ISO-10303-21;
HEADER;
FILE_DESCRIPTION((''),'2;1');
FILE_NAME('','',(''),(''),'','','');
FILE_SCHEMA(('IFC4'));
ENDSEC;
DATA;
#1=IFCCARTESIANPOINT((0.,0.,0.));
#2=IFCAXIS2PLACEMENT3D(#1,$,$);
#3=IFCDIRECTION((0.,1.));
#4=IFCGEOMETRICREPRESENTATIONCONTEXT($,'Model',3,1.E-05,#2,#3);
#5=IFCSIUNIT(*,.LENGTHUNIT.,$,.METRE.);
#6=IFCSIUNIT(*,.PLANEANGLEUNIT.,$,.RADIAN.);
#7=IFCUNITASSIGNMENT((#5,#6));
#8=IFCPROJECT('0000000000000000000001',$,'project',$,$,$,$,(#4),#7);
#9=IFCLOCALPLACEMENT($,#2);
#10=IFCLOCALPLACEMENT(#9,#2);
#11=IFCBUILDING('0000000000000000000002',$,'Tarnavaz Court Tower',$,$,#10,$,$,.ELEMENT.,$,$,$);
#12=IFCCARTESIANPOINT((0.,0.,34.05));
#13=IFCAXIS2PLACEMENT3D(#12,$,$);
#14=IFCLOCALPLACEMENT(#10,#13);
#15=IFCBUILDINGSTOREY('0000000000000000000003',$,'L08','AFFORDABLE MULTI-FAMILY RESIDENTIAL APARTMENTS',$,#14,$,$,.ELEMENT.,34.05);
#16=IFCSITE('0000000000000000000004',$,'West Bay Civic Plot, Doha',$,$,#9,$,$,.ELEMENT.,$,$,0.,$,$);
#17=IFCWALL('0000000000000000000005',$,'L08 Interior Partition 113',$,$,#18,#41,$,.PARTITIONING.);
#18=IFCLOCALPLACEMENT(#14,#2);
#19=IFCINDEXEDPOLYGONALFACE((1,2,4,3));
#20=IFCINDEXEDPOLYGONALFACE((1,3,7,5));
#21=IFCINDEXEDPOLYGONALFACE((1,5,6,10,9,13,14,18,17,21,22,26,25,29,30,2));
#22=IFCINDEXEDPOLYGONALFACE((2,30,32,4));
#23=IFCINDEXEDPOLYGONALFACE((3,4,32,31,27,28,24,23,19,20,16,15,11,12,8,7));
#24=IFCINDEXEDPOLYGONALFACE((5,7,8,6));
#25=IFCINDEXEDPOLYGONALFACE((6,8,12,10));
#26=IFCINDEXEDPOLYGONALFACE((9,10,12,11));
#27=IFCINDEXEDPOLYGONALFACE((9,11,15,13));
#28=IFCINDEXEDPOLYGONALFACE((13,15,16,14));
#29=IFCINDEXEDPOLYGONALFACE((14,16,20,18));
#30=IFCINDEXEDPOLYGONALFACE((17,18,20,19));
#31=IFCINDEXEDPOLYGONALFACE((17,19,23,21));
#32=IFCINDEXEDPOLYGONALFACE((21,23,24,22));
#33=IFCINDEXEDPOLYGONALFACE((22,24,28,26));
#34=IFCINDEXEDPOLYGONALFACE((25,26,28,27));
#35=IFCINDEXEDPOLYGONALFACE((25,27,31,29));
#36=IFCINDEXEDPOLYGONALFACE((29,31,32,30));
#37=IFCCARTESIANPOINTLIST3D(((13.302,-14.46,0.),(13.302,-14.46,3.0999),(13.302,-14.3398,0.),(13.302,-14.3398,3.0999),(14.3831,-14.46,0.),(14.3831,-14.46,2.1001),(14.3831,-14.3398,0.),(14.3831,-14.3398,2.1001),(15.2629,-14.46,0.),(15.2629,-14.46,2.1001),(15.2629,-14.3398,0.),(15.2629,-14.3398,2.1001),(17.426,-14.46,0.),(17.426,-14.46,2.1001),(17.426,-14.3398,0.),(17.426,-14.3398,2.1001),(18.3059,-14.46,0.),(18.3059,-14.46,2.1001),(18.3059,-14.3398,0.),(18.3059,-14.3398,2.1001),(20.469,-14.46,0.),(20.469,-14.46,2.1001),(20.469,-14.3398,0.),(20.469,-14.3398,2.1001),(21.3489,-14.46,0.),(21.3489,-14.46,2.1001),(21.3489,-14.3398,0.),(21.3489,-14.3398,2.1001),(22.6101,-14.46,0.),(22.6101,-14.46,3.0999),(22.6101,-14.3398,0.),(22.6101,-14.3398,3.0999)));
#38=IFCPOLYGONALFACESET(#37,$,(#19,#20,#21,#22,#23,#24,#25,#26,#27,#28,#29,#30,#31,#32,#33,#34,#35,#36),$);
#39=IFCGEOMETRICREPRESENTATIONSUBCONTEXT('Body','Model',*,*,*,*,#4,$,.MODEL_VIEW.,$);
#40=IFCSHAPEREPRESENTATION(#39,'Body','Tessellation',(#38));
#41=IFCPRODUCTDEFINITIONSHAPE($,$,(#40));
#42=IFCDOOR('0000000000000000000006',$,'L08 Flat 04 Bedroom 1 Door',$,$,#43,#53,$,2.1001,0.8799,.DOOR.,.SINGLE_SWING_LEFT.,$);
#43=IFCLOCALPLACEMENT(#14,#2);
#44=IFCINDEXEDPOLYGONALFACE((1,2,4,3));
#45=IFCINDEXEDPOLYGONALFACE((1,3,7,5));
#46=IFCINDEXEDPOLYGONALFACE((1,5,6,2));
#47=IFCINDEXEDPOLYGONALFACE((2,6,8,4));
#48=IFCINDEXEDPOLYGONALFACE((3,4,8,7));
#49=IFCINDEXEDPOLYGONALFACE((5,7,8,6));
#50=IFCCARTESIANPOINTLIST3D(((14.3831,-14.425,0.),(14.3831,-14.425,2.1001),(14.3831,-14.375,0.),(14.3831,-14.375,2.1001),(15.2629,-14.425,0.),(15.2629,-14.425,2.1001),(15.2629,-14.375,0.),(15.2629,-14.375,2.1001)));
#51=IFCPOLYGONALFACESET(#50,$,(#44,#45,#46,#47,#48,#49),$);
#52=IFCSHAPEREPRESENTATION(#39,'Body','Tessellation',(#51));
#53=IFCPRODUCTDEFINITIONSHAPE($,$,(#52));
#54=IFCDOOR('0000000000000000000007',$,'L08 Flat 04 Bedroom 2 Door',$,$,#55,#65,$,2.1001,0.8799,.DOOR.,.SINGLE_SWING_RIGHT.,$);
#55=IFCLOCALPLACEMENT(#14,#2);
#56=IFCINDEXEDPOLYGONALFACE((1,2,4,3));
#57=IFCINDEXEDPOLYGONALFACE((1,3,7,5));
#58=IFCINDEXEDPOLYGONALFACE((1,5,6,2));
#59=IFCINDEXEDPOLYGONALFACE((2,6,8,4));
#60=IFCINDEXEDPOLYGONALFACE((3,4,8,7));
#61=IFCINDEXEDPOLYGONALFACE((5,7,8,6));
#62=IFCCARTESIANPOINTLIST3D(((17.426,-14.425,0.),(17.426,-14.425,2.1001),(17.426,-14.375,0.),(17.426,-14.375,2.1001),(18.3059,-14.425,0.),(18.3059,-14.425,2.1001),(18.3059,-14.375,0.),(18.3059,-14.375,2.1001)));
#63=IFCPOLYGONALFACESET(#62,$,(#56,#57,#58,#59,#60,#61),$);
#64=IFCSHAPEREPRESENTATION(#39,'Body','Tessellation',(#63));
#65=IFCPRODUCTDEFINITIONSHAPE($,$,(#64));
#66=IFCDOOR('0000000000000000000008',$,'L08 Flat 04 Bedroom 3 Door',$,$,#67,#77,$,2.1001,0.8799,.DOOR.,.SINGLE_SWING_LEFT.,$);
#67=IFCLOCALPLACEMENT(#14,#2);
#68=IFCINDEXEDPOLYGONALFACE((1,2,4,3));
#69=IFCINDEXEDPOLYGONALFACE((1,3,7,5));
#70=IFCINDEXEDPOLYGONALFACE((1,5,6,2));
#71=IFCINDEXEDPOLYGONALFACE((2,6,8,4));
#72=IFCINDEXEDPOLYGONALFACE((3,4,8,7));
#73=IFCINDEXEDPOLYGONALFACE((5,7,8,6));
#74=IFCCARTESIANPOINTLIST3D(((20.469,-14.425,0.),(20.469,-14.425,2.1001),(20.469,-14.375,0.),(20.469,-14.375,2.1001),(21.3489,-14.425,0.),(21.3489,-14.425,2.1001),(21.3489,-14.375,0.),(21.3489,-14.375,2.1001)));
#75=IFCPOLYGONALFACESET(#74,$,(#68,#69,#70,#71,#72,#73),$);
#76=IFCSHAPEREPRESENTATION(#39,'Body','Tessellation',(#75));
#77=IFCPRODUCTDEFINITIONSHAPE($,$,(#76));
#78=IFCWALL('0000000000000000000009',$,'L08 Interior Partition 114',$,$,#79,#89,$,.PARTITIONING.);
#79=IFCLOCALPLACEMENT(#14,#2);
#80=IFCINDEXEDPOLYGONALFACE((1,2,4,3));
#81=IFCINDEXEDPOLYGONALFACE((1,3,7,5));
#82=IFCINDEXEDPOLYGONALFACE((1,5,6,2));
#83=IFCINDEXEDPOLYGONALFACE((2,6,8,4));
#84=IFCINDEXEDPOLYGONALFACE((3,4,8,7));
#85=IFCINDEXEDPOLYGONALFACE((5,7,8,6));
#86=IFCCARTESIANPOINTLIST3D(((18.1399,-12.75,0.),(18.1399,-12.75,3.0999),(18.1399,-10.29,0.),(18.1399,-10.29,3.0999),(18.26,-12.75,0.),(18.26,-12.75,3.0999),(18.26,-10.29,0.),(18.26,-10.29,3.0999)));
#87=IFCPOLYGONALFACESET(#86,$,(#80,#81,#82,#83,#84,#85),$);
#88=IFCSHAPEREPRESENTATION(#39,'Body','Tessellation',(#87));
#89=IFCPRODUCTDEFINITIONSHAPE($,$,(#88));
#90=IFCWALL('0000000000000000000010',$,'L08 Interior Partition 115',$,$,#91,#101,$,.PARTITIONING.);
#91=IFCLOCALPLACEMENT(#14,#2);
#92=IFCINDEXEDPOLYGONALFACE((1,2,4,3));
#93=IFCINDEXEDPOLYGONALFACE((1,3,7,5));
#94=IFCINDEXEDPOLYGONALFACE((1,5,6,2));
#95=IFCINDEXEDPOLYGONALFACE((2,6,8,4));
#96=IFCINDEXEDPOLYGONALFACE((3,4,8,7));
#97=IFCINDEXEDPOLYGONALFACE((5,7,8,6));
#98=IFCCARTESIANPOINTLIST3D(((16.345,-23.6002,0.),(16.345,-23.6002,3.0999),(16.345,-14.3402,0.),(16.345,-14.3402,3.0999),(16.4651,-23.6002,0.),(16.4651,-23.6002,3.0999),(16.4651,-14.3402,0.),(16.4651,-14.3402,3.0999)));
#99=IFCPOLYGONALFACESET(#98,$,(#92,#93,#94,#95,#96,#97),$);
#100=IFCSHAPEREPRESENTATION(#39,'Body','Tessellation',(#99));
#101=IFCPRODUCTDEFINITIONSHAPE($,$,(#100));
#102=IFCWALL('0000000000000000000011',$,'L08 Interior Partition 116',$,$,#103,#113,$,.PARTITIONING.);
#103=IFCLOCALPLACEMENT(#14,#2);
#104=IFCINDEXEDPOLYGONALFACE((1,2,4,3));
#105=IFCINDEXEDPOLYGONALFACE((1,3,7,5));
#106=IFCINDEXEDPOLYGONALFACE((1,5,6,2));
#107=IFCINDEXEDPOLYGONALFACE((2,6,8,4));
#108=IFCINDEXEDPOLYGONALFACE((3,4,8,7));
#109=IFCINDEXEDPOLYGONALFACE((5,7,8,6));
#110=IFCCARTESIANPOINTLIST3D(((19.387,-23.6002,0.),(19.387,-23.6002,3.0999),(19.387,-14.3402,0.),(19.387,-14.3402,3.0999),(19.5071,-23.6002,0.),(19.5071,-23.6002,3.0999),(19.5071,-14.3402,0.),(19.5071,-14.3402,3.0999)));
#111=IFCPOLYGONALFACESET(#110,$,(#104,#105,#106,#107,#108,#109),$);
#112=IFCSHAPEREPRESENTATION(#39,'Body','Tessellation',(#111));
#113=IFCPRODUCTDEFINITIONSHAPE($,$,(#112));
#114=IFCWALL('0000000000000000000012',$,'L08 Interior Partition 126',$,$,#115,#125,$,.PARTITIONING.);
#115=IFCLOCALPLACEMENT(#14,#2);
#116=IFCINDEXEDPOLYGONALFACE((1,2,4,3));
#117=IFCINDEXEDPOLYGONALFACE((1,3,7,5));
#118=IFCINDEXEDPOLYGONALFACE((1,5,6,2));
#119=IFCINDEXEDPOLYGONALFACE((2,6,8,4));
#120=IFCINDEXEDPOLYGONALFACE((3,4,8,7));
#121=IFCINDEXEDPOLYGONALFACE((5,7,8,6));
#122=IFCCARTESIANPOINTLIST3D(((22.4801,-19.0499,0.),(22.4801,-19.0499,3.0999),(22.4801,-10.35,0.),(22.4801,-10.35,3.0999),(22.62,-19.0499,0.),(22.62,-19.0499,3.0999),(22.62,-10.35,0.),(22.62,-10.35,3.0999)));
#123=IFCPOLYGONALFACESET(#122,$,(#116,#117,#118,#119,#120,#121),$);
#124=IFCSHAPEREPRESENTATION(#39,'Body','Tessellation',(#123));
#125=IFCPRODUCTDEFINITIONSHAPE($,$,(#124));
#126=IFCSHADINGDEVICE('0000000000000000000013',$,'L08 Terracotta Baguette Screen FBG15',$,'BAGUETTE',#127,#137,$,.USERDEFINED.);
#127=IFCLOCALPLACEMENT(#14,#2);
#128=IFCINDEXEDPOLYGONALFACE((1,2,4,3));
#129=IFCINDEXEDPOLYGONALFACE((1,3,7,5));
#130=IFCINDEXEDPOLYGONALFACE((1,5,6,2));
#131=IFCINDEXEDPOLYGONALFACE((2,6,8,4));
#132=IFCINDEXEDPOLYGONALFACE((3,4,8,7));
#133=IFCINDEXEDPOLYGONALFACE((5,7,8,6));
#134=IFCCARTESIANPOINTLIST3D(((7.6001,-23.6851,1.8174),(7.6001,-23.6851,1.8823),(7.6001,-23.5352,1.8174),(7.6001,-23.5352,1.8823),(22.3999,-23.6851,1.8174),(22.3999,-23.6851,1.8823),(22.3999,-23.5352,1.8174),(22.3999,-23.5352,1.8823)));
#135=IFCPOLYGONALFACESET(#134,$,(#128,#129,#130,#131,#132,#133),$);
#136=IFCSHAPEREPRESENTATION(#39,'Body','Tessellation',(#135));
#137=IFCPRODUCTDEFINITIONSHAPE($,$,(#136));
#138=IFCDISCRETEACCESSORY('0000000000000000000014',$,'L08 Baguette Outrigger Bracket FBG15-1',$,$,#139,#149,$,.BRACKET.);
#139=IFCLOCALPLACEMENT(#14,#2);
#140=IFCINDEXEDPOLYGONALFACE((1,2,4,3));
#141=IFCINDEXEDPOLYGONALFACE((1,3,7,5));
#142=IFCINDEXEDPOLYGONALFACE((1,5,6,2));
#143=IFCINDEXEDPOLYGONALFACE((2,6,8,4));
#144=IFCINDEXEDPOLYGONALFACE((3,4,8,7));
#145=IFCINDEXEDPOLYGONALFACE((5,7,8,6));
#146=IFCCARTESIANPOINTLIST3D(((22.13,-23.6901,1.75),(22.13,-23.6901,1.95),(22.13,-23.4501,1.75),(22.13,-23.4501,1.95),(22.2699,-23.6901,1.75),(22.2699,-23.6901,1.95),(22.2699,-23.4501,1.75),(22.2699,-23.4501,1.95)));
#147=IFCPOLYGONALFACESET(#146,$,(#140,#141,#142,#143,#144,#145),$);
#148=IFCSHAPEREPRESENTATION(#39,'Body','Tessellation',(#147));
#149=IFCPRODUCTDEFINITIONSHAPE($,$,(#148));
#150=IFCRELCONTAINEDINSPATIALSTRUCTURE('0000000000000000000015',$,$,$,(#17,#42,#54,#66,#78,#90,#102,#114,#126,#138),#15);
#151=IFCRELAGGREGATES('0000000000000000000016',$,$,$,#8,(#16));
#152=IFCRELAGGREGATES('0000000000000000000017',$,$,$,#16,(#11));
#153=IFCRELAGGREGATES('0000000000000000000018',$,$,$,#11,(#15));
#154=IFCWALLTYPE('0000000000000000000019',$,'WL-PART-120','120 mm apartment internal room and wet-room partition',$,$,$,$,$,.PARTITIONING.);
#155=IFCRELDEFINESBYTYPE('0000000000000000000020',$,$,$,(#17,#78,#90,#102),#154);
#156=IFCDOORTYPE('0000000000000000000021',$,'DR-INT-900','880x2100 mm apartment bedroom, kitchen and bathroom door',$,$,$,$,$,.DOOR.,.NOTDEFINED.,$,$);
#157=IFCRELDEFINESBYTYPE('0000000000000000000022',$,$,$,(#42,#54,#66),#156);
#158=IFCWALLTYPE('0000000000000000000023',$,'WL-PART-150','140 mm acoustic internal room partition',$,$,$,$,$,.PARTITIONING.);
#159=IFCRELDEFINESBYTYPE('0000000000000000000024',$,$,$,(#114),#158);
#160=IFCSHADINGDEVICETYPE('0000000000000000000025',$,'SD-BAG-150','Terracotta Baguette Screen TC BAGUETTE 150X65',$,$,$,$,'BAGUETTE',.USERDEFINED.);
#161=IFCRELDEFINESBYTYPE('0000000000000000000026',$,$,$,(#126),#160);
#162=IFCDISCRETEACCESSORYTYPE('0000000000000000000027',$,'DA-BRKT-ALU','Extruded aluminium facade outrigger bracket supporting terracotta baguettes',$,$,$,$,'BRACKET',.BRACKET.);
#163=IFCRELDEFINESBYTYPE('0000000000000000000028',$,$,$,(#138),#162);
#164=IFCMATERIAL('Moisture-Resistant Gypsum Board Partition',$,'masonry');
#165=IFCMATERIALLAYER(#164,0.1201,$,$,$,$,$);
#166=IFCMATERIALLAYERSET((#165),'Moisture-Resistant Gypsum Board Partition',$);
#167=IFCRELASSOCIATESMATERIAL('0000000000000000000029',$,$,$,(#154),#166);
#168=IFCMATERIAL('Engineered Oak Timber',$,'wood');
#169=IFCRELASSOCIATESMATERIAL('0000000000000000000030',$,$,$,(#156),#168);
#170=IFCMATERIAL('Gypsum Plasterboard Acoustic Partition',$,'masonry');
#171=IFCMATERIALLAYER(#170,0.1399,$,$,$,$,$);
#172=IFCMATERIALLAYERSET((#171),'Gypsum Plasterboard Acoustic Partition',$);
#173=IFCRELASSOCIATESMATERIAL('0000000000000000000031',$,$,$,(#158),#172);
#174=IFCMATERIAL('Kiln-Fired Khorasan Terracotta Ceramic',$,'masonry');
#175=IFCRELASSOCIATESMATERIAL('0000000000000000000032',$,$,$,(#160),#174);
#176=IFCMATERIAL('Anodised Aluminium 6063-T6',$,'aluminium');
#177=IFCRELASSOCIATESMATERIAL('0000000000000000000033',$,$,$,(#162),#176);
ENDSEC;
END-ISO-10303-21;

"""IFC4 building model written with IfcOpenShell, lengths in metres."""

from ifc_helpers import new_model, si_unit, direction, frame, frame_2d, origin, origin_2d, place, context, subcontext, project, spatial, rectangle, extrude, material, layer, layer_set, material_profile, profile_set, type_object, element, fill, save


model = new_model("IFC4")

# Units and contexts
model_context = context("Model", 3, precision=1e-05, world=origin(), true_north=direction((0.0, 1.0)))
body_context = subcontext(model_context, "Body", "Model", "MODEL_VIEW")
ifc_project = project(units=[si_unit("LENGTHUNIT", "METRE"), si_unit("PLANEANGLEUNIT", "RADIAN")], contexts=[model_context])

# Site, building, storey
site_placement = place(None, origin())
site = spatial("IfcSite", under=ifc_project, at=site_placement, Name="West Bay Civic Plot, Doha", CompositionType="ELEMENT", RefElevation=0.0)
building_placement = place(site_placement, origin())
building = spatial("IfcBuilding", under=site, at=building_placement, Name="Tarnavaz Court Tower", CompositionType="ELEMENT")
storey_placement = place(building_placement, frame((0.0, 0.0, 34.05)))
storey = spatial("IfcBuildingStorey", under=building, at=storey_placement, Name="L08", Description="AFFORDABLE MULTI-FAMILY RESIDENTIAL APARTMENTS", CompositionType="ELEMENT", Elevation=34.05)

# Shared definitions
ifc_material_1 = material(Name="Moisture-Resistant Gypsum Board Partition", Category="masonry")
ifc_layer_1 = layer(ifc_material_1, 0.1201)
ifc_layer_set_1 = layer_set([ifc_layer_1], Name="Moisture-Resistant Gypsum Board Partition")
wall_type_1 = type_object("IfcWallType", Name="WL-PART-120", Description="120 mm apartment internal room and wet-room partition", PredefinedType="PARTITIONING", material=ifc_layer_set_1)
ifc_material_2 = material(Name="Engineered Oak Timber", Category="wood")
door_type_1 = type_object("IfcDoorType", Name="DR-INT-900", Description="880x2100 mm apartment bedroom, kitchen and bathroom door", OperationType="NOTDEFINED", PredefinedType="DOOR", material=ifc_material_2)

# Wall, openings, doors
wall_1_placement = place(storey_placement, frame((13.302, -14.3999, 0.0), z_axis=(0.0, 0.0, 1.0), x_axis=(1.0, 0.0, 0.0)))
wall_1 = element("IfcWall", 1, at=wall_1_placement, inside=storey, type_object=wall_type_1, Name="L08 Interior Partition 113", PredefinedType="PARTITIONING", context=body_context, shape_type="SweptSolid", body=[
    extrude(rectangle(XDim=9.3081, YDim=0.1201, at=frame_2d((4.6541, 0.0))), origin(), (0.0, 0.0, 1.0), 3.0999),
])
opening_1_placement = place(wall_1_placement, frame((1.0811, 0.0, 0.0)))
opening_1 = element("IfcOpeningElement", 2, at=opening_1_placement, cuts=wall_1, PredefinedType="OPENING", context=body_context, shape_type="SweptSolid", body=[
    extrude(rectangle(XDim=0.8799, YDim=2.1001, at=frame_2d((0.4399, 1.05))), frame((0.0, 0.0701, 0.0), z_axis=(0.0, -1.0, 0.0), x_axis=(1.0, 0.0, 0.0)), (0.0, 0.0, 1.0), 0.1401),
])
opening_2_placement = place(wall_1_placement, frame((4.124, 0.0, 0.0)))
opening_2 = element("IfcOpeningElement", 3, at=opening_2_placement, cuts=wall_1, PredefinedType="OPENING", context=body_context, shape_type="SweptSolid", body=[
    extrude(rectangle(XDim=0.8799, YDim=2.1001, at=frame_2d((0.4399, 1.05))), frame((0.0, 0.0701, 0.0), z_axis=(0.0, -1.0, 0.0), x_axis=(1.0, 0.0, 0.0)), (0.0, 0.0, 1.0), 0.1401),
])
opening_3_placement = place(wall_1_placement, frame((7.167, 0.0, 0.0)))
opening_3 = element("IfcOpeningElement", 4, at=opening_3_placement, cuts=wall_1, PredefinedType="OPENING", context=body_context, shape_type="SweptSolid", body=[
    extrude(rectangle(XDim=0.8799, YDim=2.1001, at=frame_2d((0.4399, 1.05))), frame((0.0, 0.0701, 0.0), z_axis=(0.0, -1.0, 0.0), x_axis=(1.0, 0.0, 0.0)), (0.0, 0.0, 1.0), 0.1401),
])
door_1_placement = place(opening_1_placement, origin())
door_1 = element("IfcDoor", 5, at=door_1_placement, inside=storey, type_object=door_type_1, Name="L08 Flat 04 Bedroom 1 Door", OperationType="SINGLE_SWING_LEFT", OverallHeight=2.1001, OverallWidth=0.8799, PredefinedType="DOOR", context=body_context, shape_type="SweptSolid", body=[
    extrude(rectangle(XDim=0.8799, YDim=2.1001, at=frame_2d((0.4399, 1.05))), frame((0.0, 0.0249, 0.0), z_axis=(0.0, -1.0, 0.0), x_axis=(1.0, 0.0, 0.0)), (0.0, 0.0, 1.0), 0.05),
])
fill(opening_1, door_1)
door_2_placement = place(opening_2_placement, origin())
door_2 = element("IfcDoor", 6, at=door_2_placement, inside=storey, type_object=door_type_1, Name="L08 Flat 04 Bedroom 2 Door", OperationType="SINGLE_SWING_RIGHT", OverallHeight=2.1001, OverallWidth=0.8799, PredefinedType="DOOR", context=body_context, shape_type="SweptSolid", body=[
    extrude(rectangle(XDim=0.8799, YDim=2.1001, at=frame_2d((0.4399, 1.05))), frame((0.0, 0.0249, 0.0), z_axis=(0.0, -1.0, 0.0), x_axis=(1.0, 0.0, 0.0)), (0.0, 0.0, 1.0), 0.05),
])
fill(opening_2, door_2)
door_3_placement = place(opening_3_placement, origin())
door_3 = element("IfcDoor", 7, at=door_3_placement, inside=storey, type_object=door_type_1, Name="L08 Flat 04 Bedroom 3 Door", OperationType="SINGLE_SWING_LEFT", OverallHeight=2.1001, OverallWidth=0.8799, PredefinedType="DOOR", context=body_context, shape_type="SweptSolid", body=[
    extrude(rectangle(XDim=0.8799, YDim=2.1001, at=frame_2d((0.4399, 1.05))), frame((0.0, 0.0249, 0.0), z_axis=(0.0, -1.0, 0.0), x_axis=(1.0, 0.0, 0.0)), (0.0, 0.0, 1.0), 0.05),
])
fill(opening_3, door_3)

# Walls
wall_2_placement = place(storey_placement, frame((18.2, -12.75, 0.0), z_axis=(0.0, 0.0, 1.0), x_axis=(0.0, 1.0, 0.0)))
element("IfcWall", 8, at=wall_2_placement, inside=storey, type_object=wall_type_1, Name="L08 Interior Partition 114", PredefinedType="PARTITIONING", context=body_context, shape_type="SweptSolid", body=[
    extrude(rectangle(XDim=2.46, YDim=0.1201, at=frame_2d((1.23, 0.0))), origin(), (0.0, 0.0, 1.0), 3.0999),
])
for number, where, z_axis, x_axis, name in (
    (9, (16.405, -23.6001, 0.0), (0.0, 0.0, 1.0), (0.0, 1.0, 0.0), "L08 Interior Partition 115"),
    (10, (19.447, -23.6001, 0.0), (0.0, 0.0, 1.0), (0.0, 1.0, 0.0), "L08 Interior Partition 116"),
):
    element("IfcWall", number, at=place(storey_placement, frame(where, z_axis=z_axis, x_axis=x_axis)), inside=storey, type_object=wall_type_1, Name=name, PredefinedType="PARTITIONING", context=body_context, shape_type="SweptSolid", body=[
        extrude(rectangle(XDim=9.26, YDim=0.1201, at=frame_2d((4.6299, 0.0))), origin(), (0.0, 0.0, 1.0), 3.0999),
    ])
ifc_material_3 = material(Name="Gypsum Plasterboard Acoustic Partition", Category="masonry")
ifc_layer_2 = layer(ifc_material_3, 0.1399)
ifc_layer_set_2 = layer_set([ifc_layer_2], Name="Gypsum Plasterboard Acoustic Partition")
wall_type_2 = type_object("IfcWallType", Name="WL-PART-150", Description="140 mm acoustic internal room partition", PredefinedType="PARTITIONING", material=ifc_layer_set_2)
wall_3_placement = place(storey_placement, frame((22.55, -19.05, 0.0), z_axis=(0.0, 0.0, 1.0), x_axis=(0.0, 1.0, 0.0)))
element("IfcWall", 11, at=wall_3_placement, inside=storey, type_object=wall_type_2, Name="L08 Interior Partition 126", PredefinedType="PARTITIONING", context=body_context, shape_type="SweptSolid", body=[
    extrude(rectangle(XDim=8.7, YDim=0.1399, at=frame_2d((4.3501, 0.0))), origin(), (0.0, 0.0, 1.0), 3.0999),
])

# Shading device
ifc_material_4 = material(Name="Kiln-Fired Khorasan Terracotta Ceramic", Category="masonry")
ifc_material_profile_1 = material_profile(ifc_material_4, rectangle(XDim=0.1499, YDim=0.0649, at=origin_2d()), Name="TC BAGUETTE 150X65")
ifc_profile_set_1 = profile_set([ifc_material_profile_1], Name="Kiln-Fired Khorasan Terracotta Ceramic")
shading_device_type = type_object("IfcShadingDeviceType", Name="SD-BAG-150", Description="Terracotta Baguette Screen TC BAGUETTE 150X65", ElementType="BAGUETTE", PredefinedType="USERDEFINED", material=ifc_profile_set_1)
shading_device_placement = place(storey_placement, frame((22.3999, -23.6101, 1.8499), z_axis=(-1.0, 0.0, 0.0), x_axis=(0.0, -1.0, 0.0)))
element("IfcShadingDevice", 12, at=shading_device_placement, inside=storey, type_object=shading_device_type, Name="L08 Terracotta Baguette Screen FBG15", ObjectType="BAGUETTE", PredefinedType="USERDEFINED", context=body_context, shape_type="SweptSolid", body=[
    extrude(rectangle(XDim=0.1499, YDim=0.0649, at=origin_2d()), origin(), (0.0, 0.0, 1.0), 14.7998),
])

# Discrete accessory
ifc_material_5 = material(Name="Anodised Aluminium 6063-T6", Category="aluminium")
discrete_accessory_type = type_object("IfcDiscreteAccessoryType", Name="DA-BRKT-ALU", Description="Extruded aluminium facade outrigger bracket supporting terracotta baguettes", ElementType="BRACKET", PredefinedType="BRACKET", material=ifc_material_5)
discrete_accessory_placement = place(storey_placement, frame((22.2, -23.5701, 1.75), z_axis=(0.0, 0.0, 1.0), x_axis=(-1.0, 0.0, 0.0)))
element("IfcDiscreteAccessory", 13, at=discrete_accessory_placement, inside=storey, type_object=discrete_accessory_type, Name="L08 Baguette Outrigger Bracket FBG15-1", PredefinedType="BRACKET", context=body_context, shape_type="SweptSolid", body=[
    extrude(rectangle(XDim=0.1399, YDim=0.24, at=origin_2d()), origin(), (0.0, 0.0, 1.0), 0.2),
])

save(model, "model.ifc")
